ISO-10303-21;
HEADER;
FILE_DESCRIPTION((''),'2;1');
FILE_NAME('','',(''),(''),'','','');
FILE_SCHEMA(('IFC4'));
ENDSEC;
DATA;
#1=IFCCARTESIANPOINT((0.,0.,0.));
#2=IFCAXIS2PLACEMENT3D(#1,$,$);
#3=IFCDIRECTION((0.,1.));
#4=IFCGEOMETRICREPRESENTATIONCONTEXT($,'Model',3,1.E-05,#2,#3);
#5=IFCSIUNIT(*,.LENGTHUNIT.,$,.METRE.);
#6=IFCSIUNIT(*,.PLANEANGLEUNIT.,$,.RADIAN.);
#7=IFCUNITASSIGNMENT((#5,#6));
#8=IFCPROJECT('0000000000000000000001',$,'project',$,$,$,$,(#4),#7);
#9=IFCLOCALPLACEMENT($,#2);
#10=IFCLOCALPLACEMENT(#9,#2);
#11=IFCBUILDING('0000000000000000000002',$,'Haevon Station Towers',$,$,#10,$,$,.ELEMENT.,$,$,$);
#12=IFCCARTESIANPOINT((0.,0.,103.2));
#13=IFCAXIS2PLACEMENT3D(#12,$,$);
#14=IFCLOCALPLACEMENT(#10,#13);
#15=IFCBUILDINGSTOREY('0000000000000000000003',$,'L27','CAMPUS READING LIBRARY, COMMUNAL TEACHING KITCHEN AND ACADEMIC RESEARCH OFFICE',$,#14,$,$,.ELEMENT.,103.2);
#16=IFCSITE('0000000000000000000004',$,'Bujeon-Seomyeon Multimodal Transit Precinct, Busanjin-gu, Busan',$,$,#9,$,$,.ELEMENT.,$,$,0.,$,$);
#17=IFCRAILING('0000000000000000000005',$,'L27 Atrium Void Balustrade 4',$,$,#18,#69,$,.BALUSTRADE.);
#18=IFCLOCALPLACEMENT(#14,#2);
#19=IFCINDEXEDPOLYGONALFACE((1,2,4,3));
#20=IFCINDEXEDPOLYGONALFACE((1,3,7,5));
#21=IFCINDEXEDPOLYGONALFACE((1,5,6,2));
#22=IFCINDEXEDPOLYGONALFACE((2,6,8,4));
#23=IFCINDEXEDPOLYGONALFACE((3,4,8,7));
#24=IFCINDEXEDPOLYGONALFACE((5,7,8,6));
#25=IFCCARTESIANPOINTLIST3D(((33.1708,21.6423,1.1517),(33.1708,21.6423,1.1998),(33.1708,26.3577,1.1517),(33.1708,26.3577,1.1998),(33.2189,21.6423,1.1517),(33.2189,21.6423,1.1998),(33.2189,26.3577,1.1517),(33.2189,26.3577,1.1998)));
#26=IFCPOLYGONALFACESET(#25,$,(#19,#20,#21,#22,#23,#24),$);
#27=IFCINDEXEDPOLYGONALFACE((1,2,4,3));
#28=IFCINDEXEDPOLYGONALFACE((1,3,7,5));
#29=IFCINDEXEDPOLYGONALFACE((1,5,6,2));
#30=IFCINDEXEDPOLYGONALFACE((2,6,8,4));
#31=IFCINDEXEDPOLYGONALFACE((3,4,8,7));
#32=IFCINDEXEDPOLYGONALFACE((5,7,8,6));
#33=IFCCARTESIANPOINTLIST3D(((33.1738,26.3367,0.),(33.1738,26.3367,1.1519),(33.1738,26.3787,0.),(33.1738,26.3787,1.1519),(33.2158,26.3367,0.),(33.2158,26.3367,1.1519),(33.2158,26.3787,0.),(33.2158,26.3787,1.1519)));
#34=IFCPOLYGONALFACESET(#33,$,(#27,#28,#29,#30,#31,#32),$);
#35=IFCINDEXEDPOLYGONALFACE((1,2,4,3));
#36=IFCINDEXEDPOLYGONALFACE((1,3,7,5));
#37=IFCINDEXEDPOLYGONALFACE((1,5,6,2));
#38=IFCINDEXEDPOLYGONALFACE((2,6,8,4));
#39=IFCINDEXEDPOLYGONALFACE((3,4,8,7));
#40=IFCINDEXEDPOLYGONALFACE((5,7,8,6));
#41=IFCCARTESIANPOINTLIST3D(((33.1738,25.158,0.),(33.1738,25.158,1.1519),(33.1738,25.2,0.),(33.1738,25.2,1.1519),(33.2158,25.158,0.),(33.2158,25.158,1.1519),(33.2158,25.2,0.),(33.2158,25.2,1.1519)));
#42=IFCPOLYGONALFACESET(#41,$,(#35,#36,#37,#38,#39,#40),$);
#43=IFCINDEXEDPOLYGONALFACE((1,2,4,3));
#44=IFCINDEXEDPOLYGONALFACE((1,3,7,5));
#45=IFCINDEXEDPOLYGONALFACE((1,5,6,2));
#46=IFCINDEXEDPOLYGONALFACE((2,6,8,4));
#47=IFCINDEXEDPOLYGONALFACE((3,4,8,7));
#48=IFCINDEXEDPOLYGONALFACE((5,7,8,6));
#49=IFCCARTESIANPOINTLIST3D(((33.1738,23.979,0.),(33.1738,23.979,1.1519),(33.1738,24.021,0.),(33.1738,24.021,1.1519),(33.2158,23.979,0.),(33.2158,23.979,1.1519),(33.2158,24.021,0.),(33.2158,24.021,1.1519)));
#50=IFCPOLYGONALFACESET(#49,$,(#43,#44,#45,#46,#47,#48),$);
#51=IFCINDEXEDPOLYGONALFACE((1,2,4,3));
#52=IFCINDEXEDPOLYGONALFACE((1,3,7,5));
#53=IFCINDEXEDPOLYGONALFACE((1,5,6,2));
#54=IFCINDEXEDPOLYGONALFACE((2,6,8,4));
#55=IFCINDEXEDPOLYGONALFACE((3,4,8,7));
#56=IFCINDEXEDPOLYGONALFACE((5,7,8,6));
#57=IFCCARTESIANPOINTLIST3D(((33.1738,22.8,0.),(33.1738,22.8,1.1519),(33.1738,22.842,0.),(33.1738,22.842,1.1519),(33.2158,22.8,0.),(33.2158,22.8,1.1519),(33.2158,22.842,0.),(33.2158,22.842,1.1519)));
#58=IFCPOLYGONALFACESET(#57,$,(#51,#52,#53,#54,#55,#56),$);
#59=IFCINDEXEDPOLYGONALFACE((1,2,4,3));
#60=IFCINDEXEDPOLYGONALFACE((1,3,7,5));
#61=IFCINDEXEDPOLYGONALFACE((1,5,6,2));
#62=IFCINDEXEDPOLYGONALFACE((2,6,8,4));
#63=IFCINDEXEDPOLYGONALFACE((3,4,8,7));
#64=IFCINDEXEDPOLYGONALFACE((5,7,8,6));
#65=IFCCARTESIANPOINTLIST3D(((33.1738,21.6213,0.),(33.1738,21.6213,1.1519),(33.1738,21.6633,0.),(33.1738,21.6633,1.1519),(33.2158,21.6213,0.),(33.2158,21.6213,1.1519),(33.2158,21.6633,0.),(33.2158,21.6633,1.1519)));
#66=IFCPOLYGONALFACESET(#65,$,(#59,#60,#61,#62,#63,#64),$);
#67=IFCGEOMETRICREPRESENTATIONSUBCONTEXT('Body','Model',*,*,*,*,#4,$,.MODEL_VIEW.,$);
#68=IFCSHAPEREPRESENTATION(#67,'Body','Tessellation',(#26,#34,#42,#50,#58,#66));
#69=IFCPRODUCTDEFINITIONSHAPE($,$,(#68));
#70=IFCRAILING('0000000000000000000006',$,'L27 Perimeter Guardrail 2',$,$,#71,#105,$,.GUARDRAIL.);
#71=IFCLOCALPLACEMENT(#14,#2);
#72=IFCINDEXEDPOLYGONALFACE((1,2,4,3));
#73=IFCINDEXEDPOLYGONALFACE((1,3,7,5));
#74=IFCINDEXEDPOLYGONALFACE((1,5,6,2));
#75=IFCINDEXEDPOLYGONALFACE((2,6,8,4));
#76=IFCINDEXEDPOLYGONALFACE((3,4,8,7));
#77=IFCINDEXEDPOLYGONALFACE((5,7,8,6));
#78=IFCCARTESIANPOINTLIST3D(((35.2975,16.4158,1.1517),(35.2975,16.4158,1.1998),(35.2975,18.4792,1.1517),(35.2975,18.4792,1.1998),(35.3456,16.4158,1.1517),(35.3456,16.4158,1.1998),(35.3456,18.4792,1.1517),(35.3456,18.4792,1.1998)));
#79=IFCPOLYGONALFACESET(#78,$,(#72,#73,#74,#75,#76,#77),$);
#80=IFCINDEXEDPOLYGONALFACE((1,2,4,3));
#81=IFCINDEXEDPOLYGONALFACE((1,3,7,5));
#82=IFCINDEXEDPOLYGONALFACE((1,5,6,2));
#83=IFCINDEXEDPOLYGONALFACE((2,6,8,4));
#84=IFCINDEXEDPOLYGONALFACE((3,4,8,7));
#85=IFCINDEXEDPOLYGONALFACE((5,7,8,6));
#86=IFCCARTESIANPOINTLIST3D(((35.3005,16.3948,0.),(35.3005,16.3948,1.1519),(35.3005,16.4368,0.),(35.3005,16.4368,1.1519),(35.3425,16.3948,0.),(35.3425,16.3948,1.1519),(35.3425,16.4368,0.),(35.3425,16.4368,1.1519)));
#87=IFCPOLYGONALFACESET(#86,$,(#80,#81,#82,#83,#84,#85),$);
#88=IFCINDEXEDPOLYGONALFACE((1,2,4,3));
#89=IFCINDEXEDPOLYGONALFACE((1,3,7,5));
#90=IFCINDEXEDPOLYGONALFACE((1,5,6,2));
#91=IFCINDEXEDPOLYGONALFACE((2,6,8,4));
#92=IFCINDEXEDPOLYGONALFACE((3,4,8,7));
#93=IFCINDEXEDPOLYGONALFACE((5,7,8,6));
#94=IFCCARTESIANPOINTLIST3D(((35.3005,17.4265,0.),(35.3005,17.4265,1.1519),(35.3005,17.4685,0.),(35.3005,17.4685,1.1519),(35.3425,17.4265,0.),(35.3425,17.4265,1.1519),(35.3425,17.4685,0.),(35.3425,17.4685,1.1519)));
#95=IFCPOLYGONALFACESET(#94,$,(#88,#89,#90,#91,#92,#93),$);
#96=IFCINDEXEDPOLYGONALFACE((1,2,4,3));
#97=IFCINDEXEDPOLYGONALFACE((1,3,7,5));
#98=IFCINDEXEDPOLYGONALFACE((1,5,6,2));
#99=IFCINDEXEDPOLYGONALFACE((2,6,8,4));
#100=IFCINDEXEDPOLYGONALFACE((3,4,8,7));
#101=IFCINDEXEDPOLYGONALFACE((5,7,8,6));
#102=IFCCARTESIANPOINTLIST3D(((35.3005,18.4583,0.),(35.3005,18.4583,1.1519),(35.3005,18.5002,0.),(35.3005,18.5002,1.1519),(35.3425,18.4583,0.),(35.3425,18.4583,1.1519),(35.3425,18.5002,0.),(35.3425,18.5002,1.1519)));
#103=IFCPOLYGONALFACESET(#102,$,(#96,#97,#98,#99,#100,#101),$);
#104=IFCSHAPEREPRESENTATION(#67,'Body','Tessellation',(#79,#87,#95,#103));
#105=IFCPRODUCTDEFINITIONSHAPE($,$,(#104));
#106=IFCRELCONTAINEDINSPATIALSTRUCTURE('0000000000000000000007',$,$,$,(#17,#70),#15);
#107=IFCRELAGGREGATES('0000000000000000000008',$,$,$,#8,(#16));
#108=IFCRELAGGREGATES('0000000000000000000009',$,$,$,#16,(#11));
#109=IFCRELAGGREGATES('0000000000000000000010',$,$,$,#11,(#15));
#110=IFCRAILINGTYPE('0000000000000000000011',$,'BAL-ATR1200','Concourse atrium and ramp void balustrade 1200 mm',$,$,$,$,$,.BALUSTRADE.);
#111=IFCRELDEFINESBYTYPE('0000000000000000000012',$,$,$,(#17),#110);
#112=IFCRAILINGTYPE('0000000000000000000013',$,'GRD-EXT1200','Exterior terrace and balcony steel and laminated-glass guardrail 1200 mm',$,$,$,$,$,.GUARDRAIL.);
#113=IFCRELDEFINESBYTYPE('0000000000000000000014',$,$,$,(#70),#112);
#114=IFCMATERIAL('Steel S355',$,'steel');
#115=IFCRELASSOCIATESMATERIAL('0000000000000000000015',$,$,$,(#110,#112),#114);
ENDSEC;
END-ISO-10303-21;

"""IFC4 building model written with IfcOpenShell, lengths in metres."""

from ifc_helpers import new_model, si_unit, direction, frame, origin, origin_2d, place, context, subcontext, project, spatial, rectangle, extrude, material, type_object, element, save


model = new_model("IFC4")

# Units and contexts
model_context = context("Model", 3, precision=1e-05, world=origin(), true_north=direction((0.0, 1.0)))
body_context = subcontext(model_context, "Body", "Model", "MODEL_VIEW")
ifc_project = project(units=[si_unit("LENGTHUNIT", "METRE"), si_unit("PLANEANGLEUNIT", "RADIAN")], contexts=[model_context])

# Site, building, storey
site_placement = place(None, origin())
site = spatial("IfcSite", under=ifc_project, at=site_placement, Name="Bujeon-Seomyeon Multimodal Transit Precinct, Busanjin-gu, Busan", CompositionType="ELEMENT", RefElevation=0.0)
building_placement = place(site_placement, origin())
building = spatial("IfcBuilding", under=site, at=building_placement, Name="Haevon Station Towers", CompositionType="ELEMENT")
storey_placement = place(building_placement, frame((0.0, 0.0, 103.2)))
storey = spatial("IfcBuildingStorey", under=building, at=storey_placement, Name="L27", Description="CAMPUS READING LIBRARY, COMMUNAL TEACHING KITCHEN AND ACADEMIC RESEARCH OFFICE", CompositionType="ELEMENT", Elevation=103.2)

# Shared definitions
ifc_material_1 = material(Name="Steel S355", Category="steel")

# Railings
railing_type_1 = type_object("IfcRailingType", Name="BAL-ATR1200", Description="Concourse atrium and ramp void balustrade 1200 mm", PredefinedType="BALUSTRADE", material=ifc_material_1)
railing_1_placement = place(storey_placement, frame((33.1948, 26.3577, 0.0)))
element("IfcRailing", 1, at=railing_1_placement, inside=storey, type_object=railing_type_1, Name="L27 Atrium Void Balustrade 4", PredefinedType="BALUSTRADE", context=body_context, shape_type="SweptSolid", body=[
    extrude(rectangle(XDim=0.0481, YDim=0.0481, at=origin_2d()), frame((0.0, 0.0, 1.1758), z_axis=(0.0, -1.0, 0.0), x_axis=(1.0, 0.0, 0.0)), (0.0, 0.0, 1.0), 4.7153),
    extrude(rectangle(XDim=0.042, YDim=0.042, at=origin_2d()), origin(), (0.0, 0.0, 1.0), 1.1519),
    extrude(rectangle(XDim=0.042, YDim=0.042, at=origin_2d()), frame((0.0, -1.1787, 0.0)), (0.0, 0.0, 1.0), 1.1519),
    extrude(rectangle(XDim=0.042, YDim=0.042, at=origin_2d()), frame((0.0, -2.3577, 0.0)), (0.0, 0.0, 1.0), 1.1519),
    extrude(rectangle(XDim=0.042, YDim=0.042, at=origin_2d()), frame((0.0, -3.5366, 0.0)), (0.0, 0.0, 1.0), 1.1519),
    extrude(rectangle(XDim=0.042, YDim=0.042, at=origin_2d()), frame((0.0, -4.7153, 0.0)), (0.0, 0.0, 1.0), 1.1519),
])
railing_type_2 = type_object("IfcRailingType", Name="GRD-EXT1200", Description="Exterior terrace and balcony steel and laminated-glass guardrail 1200 mm", PredefinedType="GUARDRAIL", material=ifc_material_1)
railing_2_placement = place(storey_placement, frame((35.3215, 16.4158, 0.0)))
element("IfcRailing", 2, at=railing_2_placement, inside=storey, type_object=railing_type_2, Name="L27 Perimeter Guardrail 2", PredefinedType="GUARDRAIL", context=body_context, shape_type="SweptSolid", body=[
    extrude(rectangle(XDim=0.0481, YDim=0.0481, at=origin_2d()), frame((0.0, 0.0, 1.1758), z_axis=(0.0, 1.0, 0.0), x_axis=(-1.0, 0.0, 0.0)), (0.0, 0.0, 1.0), 2.0635),
    extrude(rectangle(XDim=0.042, YDim=0.042, at=origin_2d()), origin(), (0.0, 0.0, 1.0), 1.1519),
    extrude(rectangle(XDim=0.042, YDim=0.042, at=origin_2d()), frame((0.0, 1.0317, 0.0)), (0.0, 0.0, 1.0), 1.1519),
    extrude(rectangle(XDim=0.042, YDim=0.042, at=origin_2d()), frame((0.0, 2.0635, 0.0)), (0.0, 0.0, 1.0), 1.1519),
])

save(model, "model.ifc")
